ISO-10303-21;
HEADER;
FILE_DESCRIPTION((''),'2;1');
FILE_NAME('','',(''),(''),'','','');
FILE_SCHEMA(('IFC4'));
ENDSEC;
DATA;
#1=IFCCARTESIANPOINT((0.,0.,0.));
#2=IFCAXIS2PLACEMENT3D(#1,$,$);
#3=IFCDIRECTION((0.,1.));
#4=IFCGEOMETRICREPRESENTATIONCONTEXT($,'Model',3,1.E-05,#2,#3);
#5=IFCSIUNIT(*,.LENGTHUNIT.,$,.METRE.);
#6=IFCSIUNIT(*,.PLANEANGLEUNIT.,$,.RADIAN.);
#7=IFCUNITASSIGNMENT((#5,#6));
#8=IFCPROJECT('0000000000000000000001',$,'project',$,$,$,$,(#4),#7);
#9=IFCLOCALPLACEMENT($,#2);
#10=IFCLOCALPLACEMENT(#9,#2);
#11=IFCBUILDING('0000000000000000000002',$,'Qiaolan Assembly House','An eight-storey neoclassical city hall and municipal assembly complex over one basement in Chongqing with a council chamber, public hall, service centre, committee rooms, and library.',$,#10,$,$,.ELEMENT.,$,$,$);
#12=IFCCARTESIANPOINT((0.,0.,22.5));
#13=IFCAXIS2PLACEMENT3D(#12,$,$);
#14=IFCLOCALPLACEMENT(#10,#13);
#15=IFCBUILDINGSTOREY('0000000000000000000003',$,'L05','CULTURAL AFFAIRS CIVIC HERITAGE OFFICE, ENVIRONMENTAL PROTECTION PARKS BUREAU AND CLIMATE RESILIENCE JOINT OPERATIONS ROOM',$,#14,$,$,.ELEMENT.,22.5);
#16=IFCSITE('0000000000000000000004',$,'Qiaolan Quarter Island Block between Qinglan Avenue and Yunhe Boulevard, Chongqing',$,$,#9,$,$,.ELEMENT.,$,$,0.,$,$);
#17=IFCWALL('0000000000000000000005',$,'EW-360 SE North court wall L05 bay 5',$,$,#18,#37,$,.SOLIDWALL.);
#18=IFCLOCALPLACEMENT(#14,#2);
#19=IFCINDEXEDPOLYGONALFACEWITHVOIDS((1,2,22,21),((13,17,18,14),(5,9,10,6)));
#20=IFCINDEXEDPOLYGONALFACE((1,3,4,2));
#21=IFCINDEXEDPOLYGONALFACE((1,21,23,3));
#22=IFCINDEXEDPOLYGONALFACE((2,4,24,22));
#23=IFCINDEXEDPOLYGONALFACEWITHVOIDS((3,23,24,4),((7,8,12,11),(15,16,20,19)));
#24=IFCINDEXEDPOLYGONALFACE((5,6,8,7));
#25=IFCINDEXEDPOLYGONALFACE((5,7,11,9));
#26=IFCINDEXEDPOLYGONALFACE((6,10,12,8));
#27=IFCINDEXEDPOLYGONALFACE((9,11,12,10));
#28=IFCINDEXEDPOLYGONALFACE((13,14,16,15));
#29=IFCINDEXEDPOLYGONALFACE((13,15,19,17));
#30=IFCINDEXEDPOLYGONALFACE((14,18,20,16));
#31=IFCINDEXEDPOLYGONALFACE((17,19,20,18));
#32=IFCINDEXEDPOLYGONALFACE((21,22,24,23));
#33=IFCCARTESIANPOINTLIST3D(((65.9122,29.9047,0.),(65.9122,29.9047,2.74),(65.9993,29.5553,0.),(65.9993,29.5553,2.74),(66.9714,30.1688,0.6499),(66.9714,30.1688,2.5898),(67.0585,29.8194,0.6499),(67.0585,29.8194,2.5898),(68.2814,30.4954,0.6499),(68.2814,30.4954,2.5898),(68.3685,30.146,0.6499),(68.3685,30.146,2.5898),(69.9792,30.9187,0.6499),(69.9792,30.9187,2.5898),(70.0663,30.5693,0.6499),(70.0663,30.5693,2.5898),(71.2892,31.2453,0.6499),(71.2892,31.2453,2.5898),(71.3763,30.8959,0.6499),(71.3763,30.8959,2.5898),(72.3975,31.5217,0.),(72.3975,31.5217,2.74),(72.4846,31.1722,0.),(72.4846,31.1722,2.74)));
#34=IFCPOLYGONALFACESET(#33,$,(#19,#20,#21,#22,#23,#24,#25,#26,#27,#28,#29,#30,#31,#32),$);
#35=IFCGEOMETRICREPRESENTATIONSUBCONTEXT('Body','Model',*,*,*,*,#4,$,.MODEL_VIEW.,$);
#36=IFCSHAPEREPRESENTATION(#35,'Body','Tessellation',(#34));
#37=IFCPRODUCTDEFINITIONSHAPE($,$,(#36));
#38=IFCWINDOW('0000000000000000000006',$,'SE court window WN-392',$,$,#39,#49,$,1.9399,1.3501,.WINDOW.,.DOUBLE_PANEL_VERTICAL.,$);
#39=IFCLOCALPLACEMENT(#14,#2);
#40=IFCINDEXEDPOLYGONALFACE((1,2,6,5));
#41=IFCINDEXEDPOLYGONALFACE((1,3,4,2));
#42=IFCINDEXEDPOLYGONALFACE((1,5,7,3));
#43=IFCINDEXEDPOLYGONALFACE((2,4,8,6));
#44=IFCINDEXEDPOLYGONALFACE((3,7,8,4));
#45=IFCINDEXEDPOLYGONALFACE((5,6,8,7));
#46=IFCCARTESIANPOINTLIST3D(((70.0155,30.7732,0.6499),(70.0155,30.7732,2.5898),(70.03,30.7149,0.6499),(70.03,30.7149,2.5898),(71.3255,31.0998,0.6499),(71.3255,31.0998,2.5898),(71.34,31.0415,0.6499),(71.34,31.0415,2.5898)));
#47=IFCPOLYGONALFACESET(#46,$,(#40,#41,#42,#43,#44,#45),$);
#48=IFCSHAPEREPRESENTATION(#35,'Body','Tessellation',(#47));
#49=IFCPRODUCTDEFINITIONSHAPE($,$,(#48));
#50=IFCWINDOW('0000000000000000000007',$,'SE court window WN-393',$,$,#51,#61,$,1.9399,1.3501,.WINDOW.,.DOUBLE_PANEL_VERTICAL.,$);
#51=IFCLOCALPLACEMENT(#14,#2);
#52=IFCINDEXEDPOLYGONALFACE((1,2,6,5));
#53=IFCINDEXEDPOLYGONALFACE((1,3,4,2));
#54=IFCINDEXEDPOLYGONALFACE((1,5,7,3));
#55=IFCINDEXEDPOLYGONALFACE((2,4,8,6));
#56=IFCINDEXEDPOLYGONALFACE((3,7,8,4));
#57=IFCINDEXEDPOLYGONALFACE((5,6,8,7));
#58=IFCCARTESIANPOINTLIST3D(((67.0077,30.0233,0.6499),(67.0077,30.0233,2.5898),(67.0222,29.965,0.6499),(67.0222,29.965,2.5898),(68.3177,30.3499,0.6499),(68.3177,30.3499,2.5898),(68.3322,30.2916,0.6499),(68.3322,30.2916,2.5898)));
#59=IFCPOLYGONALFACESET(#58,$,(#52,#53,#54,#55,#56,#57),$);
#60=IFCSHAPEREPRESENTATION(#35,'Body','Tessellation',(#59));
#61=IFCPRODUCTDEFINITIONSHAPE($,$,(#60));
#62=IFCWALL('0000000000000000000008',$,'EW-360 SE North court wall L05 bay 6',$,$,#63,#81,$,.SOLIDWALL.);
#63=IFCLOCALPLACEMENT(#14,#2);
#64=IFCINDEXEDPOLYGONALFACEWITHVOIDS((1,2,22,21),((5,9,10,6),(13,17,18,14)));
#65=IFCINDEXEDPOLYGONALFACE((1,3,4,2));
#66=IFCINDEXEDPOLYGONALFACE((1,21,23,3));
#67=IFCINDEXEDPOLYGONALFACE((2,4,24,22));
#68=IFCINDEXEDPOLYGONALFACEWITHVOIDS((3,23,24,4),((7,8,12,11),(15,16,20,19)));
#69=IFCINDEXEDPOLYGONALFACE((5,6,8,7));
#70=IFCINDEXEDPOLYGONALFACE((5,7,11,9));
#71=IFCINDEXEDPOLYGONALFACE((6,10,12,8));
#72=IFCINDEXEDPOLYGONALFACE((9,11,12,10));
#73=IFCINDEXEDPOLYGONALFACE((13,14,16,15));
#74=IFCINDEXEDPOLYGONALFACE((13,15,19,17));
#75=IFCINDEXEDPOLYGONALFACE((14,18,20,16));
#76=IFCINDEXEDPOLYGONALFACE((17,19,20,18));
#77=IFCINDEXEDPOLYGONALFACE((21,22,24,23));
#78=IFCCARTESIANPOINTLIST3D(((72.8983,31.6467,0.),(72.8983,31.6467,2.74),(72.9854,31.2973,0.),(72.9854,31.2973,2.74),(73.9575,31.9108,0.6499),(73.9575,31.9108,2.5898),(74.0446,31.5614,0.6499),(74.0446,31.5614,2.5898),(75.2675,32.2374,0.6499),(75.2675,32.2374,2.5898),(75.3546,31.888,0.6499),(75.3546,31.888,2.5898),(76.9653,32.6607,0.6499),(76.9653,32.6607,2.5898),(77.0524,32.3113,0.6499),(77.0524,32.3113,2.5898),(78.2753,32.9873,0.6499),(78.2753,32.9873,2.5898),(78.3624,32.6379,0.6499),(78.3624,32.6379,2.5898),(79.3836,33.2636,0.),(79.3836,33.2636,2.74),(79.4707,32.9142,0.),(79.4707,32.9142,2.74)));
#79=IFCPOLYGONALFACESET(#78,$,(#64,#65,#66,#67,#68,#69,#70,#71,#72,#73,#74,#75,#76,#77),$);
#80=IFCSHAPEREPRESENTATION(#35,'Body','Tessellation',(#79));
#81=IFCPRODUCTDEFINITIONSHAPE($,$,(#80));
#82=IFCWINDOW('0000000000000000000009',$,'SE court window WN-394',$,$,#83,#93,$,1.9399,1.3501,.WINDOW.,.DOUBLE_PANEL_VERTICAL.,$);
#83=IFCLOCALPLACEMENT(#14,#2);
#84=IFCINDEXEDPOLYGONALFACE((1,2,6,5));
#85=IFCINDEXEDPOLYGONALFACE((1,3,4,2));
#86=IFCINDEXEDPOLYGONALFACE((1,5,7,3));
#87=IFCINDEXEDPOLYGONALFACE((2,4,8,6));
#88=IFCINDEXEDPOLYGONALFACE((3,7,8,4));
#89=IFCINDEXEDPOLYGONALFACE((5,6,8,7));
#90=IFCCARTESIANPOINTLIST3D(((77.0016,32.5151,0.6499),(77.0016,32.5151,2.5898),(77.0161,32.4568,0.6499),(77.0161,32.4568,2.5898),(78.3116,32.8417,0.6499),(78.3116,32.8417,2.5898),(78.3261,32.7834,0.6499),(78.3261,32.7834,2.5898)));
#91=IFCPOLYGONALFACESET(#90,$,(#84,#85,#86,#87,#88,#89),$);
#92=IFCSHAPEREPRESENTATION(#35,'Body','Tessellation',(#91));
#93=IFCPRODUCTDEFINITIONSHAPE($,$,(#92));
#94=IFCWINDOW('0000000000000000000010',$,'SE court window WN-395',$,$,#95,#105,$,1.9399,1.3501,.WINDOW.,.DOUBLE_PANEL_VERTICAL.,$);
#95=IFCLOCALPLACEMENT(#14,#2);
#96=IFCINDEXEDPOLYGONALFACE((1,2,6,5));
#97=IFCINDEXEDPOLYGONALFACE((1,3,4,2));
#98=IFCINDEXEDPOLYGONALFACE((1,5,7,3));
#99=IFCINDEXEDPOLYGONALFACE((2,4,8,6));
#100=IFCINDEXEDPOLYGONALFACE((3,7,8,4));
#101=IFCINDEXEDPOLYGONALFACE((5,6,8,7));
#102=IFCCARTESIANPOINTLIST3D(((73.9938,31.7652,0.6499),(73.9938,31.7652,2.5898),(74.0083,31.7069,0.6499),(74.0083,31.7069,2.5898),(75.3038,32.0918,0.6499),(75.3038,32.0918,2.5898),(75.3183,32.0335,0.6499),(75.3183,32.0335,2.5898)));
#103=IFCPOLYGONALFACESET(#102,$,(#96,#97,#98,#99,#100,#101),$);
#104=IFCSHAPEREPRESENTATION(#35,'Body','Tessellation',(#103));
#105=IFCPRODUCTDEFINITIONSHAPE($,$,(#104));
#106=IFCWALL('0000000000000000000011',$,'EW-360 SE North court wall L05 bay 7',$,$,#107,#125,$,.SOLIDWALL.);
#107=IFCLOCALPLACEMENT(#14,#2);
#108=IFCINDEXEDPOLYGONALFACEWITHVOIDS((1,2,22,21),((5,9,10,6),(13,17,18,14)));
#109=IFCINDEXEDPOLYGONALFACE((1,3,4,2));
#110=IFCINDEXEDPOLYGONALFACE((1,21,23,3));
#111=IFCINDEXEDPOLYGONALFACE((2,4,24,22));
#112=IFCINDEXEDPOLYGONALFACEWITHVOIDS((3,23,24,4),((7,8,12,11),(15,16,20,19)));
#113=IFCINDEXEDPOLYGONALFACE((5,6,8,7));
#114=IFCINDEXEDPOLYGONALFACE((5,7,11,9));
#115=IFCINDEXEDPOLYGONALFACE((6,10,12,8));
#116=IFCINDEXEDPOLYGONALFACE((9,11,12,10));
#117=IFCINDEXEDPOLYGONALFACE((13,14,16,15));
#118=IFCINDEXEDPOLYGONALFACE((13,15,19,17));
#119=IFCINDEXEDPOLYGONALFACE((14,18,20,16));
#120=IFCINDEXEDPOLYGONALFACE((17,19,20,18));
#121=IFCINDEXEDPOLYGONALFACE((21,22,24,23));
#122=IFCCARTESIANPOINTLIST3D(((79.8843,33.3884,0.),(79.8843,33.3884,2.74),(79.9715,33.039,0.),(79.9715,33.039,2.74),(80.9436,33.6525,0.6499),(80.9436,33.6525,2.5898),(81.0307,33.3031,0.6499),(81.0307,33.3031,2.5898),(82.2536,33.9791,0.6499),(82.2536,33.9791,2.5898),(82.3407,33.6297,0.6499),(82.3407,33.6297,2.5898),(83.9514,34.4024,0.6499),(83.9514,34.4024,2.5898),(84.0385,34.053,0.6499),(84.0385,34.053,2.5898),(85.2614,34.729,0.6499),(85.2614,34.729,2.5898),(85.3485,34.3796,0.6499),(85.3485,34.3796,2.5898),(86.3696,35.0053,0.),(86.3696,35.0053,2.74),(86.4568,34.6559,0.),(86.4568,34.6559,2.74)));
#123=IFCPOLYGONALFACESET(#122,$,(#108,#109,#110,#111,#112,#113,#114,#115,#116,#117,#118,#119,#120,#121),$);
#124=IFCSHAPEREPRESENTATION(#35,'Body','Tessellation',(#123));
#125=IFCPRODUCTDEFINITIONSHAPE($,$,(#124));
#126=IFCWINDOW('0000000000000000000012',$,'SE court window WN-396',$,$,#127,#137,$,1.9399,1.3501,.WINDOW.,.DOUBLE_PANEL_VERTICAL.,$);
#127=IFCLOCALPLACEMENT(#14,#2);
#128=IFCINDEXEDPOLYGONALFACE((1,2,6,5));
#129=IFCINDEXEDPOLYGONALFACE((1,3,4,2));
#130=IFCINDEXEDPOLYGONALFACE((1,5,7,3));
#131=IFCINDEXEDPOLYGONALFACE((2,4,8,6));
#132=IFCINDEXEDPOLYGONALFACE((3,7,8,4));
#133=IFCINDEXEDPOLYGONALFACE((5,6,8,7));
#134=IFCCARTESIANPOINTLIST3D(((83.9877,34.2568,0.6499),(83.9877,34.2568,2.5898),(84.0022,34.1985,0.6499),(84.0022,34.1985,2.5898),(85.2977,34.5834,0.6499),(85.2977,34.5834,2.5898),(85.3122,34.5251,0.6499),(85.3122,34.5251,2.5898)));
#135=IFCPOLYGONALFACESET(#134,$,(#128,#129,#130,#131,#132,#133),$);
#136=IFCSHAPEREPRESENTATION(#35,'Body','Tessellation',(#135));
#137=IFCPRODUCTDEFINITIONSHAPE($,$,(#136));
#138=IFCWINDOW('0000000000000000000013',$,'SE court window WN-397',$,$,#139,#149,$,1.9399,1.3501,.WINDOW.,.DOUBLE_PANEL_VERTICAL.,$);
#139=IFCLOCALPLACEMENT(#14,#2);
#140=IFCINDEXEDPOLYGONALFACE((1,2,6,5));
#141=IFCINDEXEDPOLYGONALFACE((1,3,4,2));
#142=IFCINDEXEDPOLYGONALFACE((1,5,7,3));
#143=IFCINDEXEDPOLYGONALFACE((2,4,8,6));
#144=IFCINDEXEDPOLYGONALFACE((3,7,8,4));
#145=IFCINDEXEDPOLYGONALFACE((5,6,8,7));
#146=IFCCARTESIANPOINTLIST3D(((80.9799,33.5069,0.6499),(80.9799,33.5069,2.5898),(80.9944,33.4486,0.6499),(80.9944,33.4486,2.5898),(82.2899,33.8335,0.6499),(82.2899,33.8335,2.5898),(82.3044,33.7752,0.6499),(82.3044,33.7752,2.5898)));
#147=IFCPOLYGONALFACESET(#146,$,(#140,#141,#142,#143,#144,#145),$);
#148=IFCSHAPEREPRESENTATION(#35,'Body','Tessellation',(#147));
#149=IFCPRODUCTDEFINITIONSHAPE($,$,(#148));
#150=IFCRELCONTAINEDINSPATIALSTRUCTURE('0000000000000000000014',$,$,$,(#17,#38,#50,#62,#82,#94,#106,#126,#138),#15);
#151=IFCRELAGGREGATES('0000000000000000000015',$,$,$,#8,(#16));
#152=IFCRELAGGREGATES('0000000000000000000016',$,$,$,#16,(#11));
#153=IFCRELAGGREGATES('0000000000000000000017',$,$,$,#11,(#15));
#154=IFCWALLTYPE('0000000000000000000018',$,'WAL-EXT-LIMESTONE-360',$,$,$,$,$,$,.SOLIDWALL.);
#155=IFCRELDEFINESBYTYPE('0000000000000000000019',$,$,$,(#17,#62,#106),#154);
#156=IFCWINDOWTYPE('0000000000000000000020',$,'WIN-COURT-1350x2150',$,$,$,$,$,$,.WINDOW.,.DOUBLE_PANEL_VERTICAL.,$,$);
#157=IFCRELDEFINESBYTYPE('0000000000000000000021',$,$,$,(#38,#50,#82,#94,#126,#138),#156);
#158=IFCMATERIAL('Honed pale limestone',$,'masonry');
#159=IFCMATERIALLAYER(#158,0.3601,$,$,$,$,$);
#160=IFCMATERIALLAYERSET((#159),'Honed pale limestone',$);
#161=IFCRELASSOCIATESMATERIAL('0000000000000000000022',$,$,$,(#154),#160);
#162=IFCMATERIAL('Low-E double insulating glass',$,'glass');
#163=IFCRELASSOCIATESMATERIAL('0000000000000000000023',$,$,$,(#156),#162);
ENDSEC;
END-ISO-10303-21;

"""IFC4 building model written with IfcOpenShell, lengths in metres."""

from ifc_helpers import new_model, si_unit, direction, frame, frame_2d, origin, place, context, subcontext, project, spatial, rectangle, extrude, material, layer, layer_set, type_object, element, fill, save


model = new_model("IFC4")

# Units and contexts
model_context = context("Model", 3, precision=1e-05, world=origin(), true_north=direction((0.0, 1.0)))
body_context = subcontext(model_context, "Body", "Model", "MODEL_VIEW")
ifc_project = project(units=[si_unit("LENGTHUNIT", "METRE"), si_unit("PLANEANGLEUNIT", "RADIAN")], contexts=[model_context])

# Site, building, storey
site_placement = place(None, origin())
site = spatial("IfcSite", under=ifc_project, at=site_placement, Name="Qiaolan Quarter Island Block between Qinglan Avenue and Yunhe Boulevard, Chongqing", CompositionType="ELEMENT", RefElevation=0.0)
building_placement = place(site_placement, origin())
building = spatial("IfcBuilding", under=site, at=building_placement, Name="Qiaolan Assembly House", Description="An eight-storey neoclassical city hall and municipal assembly complex over one basement in Chongqing with a council chamber, public hall, service centre, committee rooms, and library.", CompositionType="ELEMENT")
storey_placement = place(building_placement, frame((0.0, 0.0, 22.5)))
storey = spatial("IfcBuildingStorey", under=building, at=storey_placement, Name="L05", Description="CULTURAL AFFAIRS CIVIC HERITAGE OFFICE, ENVIRONMENTAL PROTECTION PARKS BUREAU AND CLIMATE RESILIENCE JOINT OPERATIONS ROOM", CompositionType="ELEMENT", Elevation=22.5)

# Walls, openings, windows
ifc_material_1 = material(Name="Honed pale limestone", Category="masonry")
ifc_layer_1 = layer(ifc_material_1, 0.3601)
ifc_layer_set_1 = layer_set([ifc_layer_1], Name="Honed pale limestone")
wall_type_1 = type_object("IfcWallType", Name="WAL-EXT-LIMESTONE-360", PredefinedType="SOLIDWALL", material=ifc_layer_set_1)
ifc_material_2 = material(Name="Low-E double insulating glass", Category="glass")
window_type_1 = type_object("IfcWindowType", Name="WIN-COURT-1350x2150", PartitioningType="DOUBLE_PANEL_VERTICAL", PredefinedType="WINDOW", material=ifc_material_2)
wall_1_placement = place(storey_placement, frame((72.4409, 31.3469, 0.0), z_axis=(0.0, 0.0, 1.0), x_axis=(-0.970297, -0.241917, 0.0)))
wall_1 = element("IfcWall", 1, at=wall_1_placement, inside=storey, type_object=wall_type_1, Name="EW-360 SE North court wall L05 bay 5", PredefinedType="SOLIDWALL", context=body_context, shape_type="SweptSolid", body=[
    extrude(rectangle(XDim=6.6838, YDim=0.3601, at=frame_2d((3.3418, 0.0))), origin(), (0.0, 0.0, 1.0), 2.74),
])
opening_1_placement = place(wall_1_placement, frame((1.1421, 0.0, 0.6499)))
opening_1 = element("IfcOpeningElement", 2, at=opening_1_placement, cuts=wall_1, PredefinedType="OPENING", context=body_context, shape_type="SweptSolid", body=[
    extrude(rectangle(XDim=1.3501, YDim=1.9399, at=frame_2d((0.675, 0.97))), frame((0.0, 0.1899, 0.0), z_axis=(0.0, -1.0, 0.0), x_axis=(1.0, 0.0, 0.0)), (0.0, 0.0, 1.0), 0.3801),
])
opening_2_placement = place(wall_1_placement, frame((4.2419, 0.0, 0.6499)))
opening_2 = element("IfcOpeningElement", 3, at=opening_2_placement, cuts=wall_1, PredefinedType="OPENING", context=body_context, shape_type="SweptSolid", body=[
    extrude(rectangle(XDim=1.3501, YDim=1.9399, at=frame_2d((0.675, 0.97))), frame((0.0, 0.1899, 0.0), z_axis=(0.0, -1.0, 0.0), x_axis=(1.0, 0.0, 0.0)), (0.0, 0.0, 1.0), 0.3801),
])
window_1_placement = place(opening_1_placement, origin())
window_1 = element("IfcWindow", 4, at=window_1_placement, inside=storey, type_object=window_type_1, Name="SE court window WN-392", OverallHeight=1.9399, OverallWidth=1.3501, PartitioningType="DOUBLE_PANEL_VERTICAL", PredefinedType="WINDOW", context=body_context, shape_type="SweptSolid", body=[
    extrude(rectangle(XDim=1.3501, YDim=1.9399, at=frame_2d((0.675, 0.97))), frame((0.0, 0.03, 0.0), z_axis=(0.0, -1.0, 0.0), x_axis=(1.0, 0.0, 0.0)), (0.0, 0.0, 1.0), 0.0601),
])
fill(opening_1, window_1)
window_2_placement = place(opening_2_placement, origin())
window_2 = element("IfcWindow", 5, at=window_2_placement, inside=storey, type_object=window_type_1, Name="SE court window WN-393", OverallHeight=1.9399, OverallWidth=1.3501, PartitioningType="DOUBLE_PANEL_VERTICAL", PredefinedType="WINDOW", context=body_context, shape_type="SweptSolid", body=[
    extrude(rectangle(XDim=1.3501, YDim=1.9399, at=frame_2d((0.675, 0.97))), frame((0.0, 0.03, 0.0), z_axis=(0.0, -1.0, 0.0), x_axis=(1.0, 0.0, 0.0)), (0.0, 0.0, 1.0), 0.0601),
])
fill(opening_2, window_2)
wall_2_placement = place(storey_placement, frame((79.427, 33.0889, 0.0), z_axis=(0.0, 0.0, 1.0), x_axis=(-0.970297, -0.241917, 0.0)))
wall_2 = element("IfcWall", 6, at=wall_2_placement, inside=storey, type_object=wall_type_1, Name="EW-360 SE North court wall L05 bay 6", PredefinedType="SOLIDWALL", context=body_context, shape_type="SweptSolid", body=[
    extrude(rectangle(XDim=6.6838, YDim=0.3601, at=frame_2d((3.3418, 0.0))), origin(), (0.0, 0.0, 1.0), 2.74),
])
opening_3_placement = place(wall_2_placement, frame((1.1421, 0.0, 0.6499)))
opening_3 = element("IfcOpeningElement", 7, at=opening_3_placement, cuts=wall_2, PredefinedType="OPENING", context=body_context, shape_type="SweptSolid", body=[
    extrude(rectangle(XDim=1.3501, YDim=1.9399, at=frame_2d((0.675, 0.97))), frame((0.0, 0.1899, 0.0), z_axis=(0.0, -1.0, 0.0), x_axis=(1.0, 0.0, 0.0)), (0.0, 0.0, 1.0), 0.3801),
])
opening_4_placement = place(wall_2_placement, frame((4.2419, 0.0, 0.6499)))
opening_4 = element("IfcOpeningElement", 8, at=opening_4_placement, cuts=wall_2, PredefinedType="OPENING", context=body_context, shape_type="SweptSolid", body=[
    extrude(rectangle(XDim=1.3501, YDim=1.9399, at=frame_2d((0.675, 0.97))), frame((0.0, 0.1899, 0.0), z_axis=(0.0, -1.0, 0.0), x_axis=(1.0, 0.0, 0.0)), (0.0, 0.0, 1.0), 0.3801),
])
window_3_placement = place(opening_3_placement, origin())
window_3 = element("IfcWindow", 9, at=window_3_placement, inside=storey, type_object=window_type_1, Name="SE court window WN-394", OverallHeight=1.9399, OverallWidth=1.3501, PartitioningType="DOUBLE_PANEL_VERTICAL", PredefinedType="WINDOW", context=body_context, shape_type="SweptSolid", body=[
    extrude(rectangle(XDim=1.3501, YDim=1.9399, at=frame_2d((0.675, 0.97))), frame((0.0, 0.03, 0.0), z_axis=(0.0, -1.0, 0.0), x_axis=(1.0, 0.0, 0.0)), (0.0, 0.0, 1.0), 0.0601),
])
fill(opening_3, window_3)
window_4_placement = place(opening_4_placement, origin())
window_4 = element("IfcWindow", 10, at=window_4_placement, inside=storey, type_object=window_type_1, Name="SE court window WN-395", OverallHeight=1.9399, OverallWidth=1.3501, PartitioningType="DOUBLE_PANEL_VERTICAL", PredefinedType="WINDOW", context=body_context, shape_type="SweptSolid", body=[
    extrude(rectangle(XDim=1.3501, YDim=1.9399, at=frame_2d((0.675, 0.97))), frame((0.0, 0.03, 0.0), z_axis=(0.0, -1.0, 0.0), x_axis=(1.0, 0.0, 0.0)), (0.0, 0.0, 1.0), 0.0601),
])
fill(opening_4, window_4)
wall_3_placement = place(storey_placement, frame((86.4131, 34.8306, 0.0), z_axis=(0.0, 0.0, 1.0), x_axis=(-0.970297, -0.241917, 0.0)))
wall_3 = element("IfcWall", 11, at=wall_3_placement, inside=storey, type_object=wall_type_1, Name="EW-360 SE North court wall L05 bay 7", PredefinedType="SOLIDWALL", context=body_context, shape_type="SweptSolid", body=[
    extrude(rectangle(XDim=6.6838, YDim=0.3601, at=frame_2d((3.3418, 0.0))), origin(), (0.0, 0.0, 1.0), 2.74),
])
opening_5_placement = place(wall_3_placement, frame((1.1421, 0.0, 0.6499)))
opening_5 = element("IfcOpeningElement", 12, at=opening_5_placement, cuts=wall_3, PredefinedType="OPENING", context=body_context, shape_type="SweptSolid", body=[
    extrude(rectangle(XDim=1.3501, YDim=1.9399, at=frame_2d((0.675, 0.97))), frame((0.0, 0.1899, 0.0), z_axis=(0.0, -1.0, 0.0), x_axis=(1.0, 0.0, 0.0)), (0.0, 0.0, 1.0), 0.3801),
])
opening_6_placement = place(wall_3_placement, frame((4.2419, 0.0, 0.6499)))
opening_6 = element("IfcOpeningElement", 13, at=opening_6_placement, cuts=wall_3, PredefinedType="OPENING", context=body_context, shape_type="SweptSolid", body=[
    extrude(rectangle(XDim=1.3501, YDim=1.9399, at=frame_2d((0.675, 0.97))), frame((0.0, 0.1899, 0.0), z_axis=(0.0, -1.0, 0.0), x_axis=(1.0, 0.0, 0.0)), (0.0, 0.0, 1.0), 0.3801),
])
window_5_placement = place(opening_5_placement, origin())
window_5 = element("IfcWindow", 14, at=window_5_placement, inside=storey, type_object=window_type_1, Name="SE court window WN-396", OverallHeight=1.9399, OverallWidth=1.3501, PartitioningType="DOUBLE_PANEL_VERTICAL", PredefinedType="WINDOW", context=body_context, shape_type="SweptSolid", body=[
    extrude(rectangle(XDim=1.3501, YDim=1.9399, at=frame_2d((0.675, 0.97))), frame((0.0, 0.03, 0.0), z_axis=(0.0, -1.0, 0.0), x_axis=(1.0, 0.0, 0.0)), (0.0, 0.0, 1.0), 0.0601),
])
fill(opening_5, window_5)
window_6_placement = place(opening_6_placement, origin())
window_6 = element("IfcWindow", 15, at=window_6_placement, inside=storey, type_object=window_type_1, Name="SE court window WN-397", OverallHeight=1.9399, OverallWidth=1.3501, PartitioningType="DOUBLE_PANEL_VERTICAL", PredefinedType="WINDOW", context=body_context, shape_type="SweptSolid", body=[
    extrude(rectangle(XDim=1.3501, YDim=1.9399, at=frame_2d((0.675, 0.97))), frame((0.0, 0.03, 0.0), z_axis=(0.0, -1.0, 0.0), x_axis=(1.0, 0.0, 0.0)), (0.0, 0.0, 1.0), 0.0601),
])
fill(opening_6, window_6)

save(model, "model.ifc")
